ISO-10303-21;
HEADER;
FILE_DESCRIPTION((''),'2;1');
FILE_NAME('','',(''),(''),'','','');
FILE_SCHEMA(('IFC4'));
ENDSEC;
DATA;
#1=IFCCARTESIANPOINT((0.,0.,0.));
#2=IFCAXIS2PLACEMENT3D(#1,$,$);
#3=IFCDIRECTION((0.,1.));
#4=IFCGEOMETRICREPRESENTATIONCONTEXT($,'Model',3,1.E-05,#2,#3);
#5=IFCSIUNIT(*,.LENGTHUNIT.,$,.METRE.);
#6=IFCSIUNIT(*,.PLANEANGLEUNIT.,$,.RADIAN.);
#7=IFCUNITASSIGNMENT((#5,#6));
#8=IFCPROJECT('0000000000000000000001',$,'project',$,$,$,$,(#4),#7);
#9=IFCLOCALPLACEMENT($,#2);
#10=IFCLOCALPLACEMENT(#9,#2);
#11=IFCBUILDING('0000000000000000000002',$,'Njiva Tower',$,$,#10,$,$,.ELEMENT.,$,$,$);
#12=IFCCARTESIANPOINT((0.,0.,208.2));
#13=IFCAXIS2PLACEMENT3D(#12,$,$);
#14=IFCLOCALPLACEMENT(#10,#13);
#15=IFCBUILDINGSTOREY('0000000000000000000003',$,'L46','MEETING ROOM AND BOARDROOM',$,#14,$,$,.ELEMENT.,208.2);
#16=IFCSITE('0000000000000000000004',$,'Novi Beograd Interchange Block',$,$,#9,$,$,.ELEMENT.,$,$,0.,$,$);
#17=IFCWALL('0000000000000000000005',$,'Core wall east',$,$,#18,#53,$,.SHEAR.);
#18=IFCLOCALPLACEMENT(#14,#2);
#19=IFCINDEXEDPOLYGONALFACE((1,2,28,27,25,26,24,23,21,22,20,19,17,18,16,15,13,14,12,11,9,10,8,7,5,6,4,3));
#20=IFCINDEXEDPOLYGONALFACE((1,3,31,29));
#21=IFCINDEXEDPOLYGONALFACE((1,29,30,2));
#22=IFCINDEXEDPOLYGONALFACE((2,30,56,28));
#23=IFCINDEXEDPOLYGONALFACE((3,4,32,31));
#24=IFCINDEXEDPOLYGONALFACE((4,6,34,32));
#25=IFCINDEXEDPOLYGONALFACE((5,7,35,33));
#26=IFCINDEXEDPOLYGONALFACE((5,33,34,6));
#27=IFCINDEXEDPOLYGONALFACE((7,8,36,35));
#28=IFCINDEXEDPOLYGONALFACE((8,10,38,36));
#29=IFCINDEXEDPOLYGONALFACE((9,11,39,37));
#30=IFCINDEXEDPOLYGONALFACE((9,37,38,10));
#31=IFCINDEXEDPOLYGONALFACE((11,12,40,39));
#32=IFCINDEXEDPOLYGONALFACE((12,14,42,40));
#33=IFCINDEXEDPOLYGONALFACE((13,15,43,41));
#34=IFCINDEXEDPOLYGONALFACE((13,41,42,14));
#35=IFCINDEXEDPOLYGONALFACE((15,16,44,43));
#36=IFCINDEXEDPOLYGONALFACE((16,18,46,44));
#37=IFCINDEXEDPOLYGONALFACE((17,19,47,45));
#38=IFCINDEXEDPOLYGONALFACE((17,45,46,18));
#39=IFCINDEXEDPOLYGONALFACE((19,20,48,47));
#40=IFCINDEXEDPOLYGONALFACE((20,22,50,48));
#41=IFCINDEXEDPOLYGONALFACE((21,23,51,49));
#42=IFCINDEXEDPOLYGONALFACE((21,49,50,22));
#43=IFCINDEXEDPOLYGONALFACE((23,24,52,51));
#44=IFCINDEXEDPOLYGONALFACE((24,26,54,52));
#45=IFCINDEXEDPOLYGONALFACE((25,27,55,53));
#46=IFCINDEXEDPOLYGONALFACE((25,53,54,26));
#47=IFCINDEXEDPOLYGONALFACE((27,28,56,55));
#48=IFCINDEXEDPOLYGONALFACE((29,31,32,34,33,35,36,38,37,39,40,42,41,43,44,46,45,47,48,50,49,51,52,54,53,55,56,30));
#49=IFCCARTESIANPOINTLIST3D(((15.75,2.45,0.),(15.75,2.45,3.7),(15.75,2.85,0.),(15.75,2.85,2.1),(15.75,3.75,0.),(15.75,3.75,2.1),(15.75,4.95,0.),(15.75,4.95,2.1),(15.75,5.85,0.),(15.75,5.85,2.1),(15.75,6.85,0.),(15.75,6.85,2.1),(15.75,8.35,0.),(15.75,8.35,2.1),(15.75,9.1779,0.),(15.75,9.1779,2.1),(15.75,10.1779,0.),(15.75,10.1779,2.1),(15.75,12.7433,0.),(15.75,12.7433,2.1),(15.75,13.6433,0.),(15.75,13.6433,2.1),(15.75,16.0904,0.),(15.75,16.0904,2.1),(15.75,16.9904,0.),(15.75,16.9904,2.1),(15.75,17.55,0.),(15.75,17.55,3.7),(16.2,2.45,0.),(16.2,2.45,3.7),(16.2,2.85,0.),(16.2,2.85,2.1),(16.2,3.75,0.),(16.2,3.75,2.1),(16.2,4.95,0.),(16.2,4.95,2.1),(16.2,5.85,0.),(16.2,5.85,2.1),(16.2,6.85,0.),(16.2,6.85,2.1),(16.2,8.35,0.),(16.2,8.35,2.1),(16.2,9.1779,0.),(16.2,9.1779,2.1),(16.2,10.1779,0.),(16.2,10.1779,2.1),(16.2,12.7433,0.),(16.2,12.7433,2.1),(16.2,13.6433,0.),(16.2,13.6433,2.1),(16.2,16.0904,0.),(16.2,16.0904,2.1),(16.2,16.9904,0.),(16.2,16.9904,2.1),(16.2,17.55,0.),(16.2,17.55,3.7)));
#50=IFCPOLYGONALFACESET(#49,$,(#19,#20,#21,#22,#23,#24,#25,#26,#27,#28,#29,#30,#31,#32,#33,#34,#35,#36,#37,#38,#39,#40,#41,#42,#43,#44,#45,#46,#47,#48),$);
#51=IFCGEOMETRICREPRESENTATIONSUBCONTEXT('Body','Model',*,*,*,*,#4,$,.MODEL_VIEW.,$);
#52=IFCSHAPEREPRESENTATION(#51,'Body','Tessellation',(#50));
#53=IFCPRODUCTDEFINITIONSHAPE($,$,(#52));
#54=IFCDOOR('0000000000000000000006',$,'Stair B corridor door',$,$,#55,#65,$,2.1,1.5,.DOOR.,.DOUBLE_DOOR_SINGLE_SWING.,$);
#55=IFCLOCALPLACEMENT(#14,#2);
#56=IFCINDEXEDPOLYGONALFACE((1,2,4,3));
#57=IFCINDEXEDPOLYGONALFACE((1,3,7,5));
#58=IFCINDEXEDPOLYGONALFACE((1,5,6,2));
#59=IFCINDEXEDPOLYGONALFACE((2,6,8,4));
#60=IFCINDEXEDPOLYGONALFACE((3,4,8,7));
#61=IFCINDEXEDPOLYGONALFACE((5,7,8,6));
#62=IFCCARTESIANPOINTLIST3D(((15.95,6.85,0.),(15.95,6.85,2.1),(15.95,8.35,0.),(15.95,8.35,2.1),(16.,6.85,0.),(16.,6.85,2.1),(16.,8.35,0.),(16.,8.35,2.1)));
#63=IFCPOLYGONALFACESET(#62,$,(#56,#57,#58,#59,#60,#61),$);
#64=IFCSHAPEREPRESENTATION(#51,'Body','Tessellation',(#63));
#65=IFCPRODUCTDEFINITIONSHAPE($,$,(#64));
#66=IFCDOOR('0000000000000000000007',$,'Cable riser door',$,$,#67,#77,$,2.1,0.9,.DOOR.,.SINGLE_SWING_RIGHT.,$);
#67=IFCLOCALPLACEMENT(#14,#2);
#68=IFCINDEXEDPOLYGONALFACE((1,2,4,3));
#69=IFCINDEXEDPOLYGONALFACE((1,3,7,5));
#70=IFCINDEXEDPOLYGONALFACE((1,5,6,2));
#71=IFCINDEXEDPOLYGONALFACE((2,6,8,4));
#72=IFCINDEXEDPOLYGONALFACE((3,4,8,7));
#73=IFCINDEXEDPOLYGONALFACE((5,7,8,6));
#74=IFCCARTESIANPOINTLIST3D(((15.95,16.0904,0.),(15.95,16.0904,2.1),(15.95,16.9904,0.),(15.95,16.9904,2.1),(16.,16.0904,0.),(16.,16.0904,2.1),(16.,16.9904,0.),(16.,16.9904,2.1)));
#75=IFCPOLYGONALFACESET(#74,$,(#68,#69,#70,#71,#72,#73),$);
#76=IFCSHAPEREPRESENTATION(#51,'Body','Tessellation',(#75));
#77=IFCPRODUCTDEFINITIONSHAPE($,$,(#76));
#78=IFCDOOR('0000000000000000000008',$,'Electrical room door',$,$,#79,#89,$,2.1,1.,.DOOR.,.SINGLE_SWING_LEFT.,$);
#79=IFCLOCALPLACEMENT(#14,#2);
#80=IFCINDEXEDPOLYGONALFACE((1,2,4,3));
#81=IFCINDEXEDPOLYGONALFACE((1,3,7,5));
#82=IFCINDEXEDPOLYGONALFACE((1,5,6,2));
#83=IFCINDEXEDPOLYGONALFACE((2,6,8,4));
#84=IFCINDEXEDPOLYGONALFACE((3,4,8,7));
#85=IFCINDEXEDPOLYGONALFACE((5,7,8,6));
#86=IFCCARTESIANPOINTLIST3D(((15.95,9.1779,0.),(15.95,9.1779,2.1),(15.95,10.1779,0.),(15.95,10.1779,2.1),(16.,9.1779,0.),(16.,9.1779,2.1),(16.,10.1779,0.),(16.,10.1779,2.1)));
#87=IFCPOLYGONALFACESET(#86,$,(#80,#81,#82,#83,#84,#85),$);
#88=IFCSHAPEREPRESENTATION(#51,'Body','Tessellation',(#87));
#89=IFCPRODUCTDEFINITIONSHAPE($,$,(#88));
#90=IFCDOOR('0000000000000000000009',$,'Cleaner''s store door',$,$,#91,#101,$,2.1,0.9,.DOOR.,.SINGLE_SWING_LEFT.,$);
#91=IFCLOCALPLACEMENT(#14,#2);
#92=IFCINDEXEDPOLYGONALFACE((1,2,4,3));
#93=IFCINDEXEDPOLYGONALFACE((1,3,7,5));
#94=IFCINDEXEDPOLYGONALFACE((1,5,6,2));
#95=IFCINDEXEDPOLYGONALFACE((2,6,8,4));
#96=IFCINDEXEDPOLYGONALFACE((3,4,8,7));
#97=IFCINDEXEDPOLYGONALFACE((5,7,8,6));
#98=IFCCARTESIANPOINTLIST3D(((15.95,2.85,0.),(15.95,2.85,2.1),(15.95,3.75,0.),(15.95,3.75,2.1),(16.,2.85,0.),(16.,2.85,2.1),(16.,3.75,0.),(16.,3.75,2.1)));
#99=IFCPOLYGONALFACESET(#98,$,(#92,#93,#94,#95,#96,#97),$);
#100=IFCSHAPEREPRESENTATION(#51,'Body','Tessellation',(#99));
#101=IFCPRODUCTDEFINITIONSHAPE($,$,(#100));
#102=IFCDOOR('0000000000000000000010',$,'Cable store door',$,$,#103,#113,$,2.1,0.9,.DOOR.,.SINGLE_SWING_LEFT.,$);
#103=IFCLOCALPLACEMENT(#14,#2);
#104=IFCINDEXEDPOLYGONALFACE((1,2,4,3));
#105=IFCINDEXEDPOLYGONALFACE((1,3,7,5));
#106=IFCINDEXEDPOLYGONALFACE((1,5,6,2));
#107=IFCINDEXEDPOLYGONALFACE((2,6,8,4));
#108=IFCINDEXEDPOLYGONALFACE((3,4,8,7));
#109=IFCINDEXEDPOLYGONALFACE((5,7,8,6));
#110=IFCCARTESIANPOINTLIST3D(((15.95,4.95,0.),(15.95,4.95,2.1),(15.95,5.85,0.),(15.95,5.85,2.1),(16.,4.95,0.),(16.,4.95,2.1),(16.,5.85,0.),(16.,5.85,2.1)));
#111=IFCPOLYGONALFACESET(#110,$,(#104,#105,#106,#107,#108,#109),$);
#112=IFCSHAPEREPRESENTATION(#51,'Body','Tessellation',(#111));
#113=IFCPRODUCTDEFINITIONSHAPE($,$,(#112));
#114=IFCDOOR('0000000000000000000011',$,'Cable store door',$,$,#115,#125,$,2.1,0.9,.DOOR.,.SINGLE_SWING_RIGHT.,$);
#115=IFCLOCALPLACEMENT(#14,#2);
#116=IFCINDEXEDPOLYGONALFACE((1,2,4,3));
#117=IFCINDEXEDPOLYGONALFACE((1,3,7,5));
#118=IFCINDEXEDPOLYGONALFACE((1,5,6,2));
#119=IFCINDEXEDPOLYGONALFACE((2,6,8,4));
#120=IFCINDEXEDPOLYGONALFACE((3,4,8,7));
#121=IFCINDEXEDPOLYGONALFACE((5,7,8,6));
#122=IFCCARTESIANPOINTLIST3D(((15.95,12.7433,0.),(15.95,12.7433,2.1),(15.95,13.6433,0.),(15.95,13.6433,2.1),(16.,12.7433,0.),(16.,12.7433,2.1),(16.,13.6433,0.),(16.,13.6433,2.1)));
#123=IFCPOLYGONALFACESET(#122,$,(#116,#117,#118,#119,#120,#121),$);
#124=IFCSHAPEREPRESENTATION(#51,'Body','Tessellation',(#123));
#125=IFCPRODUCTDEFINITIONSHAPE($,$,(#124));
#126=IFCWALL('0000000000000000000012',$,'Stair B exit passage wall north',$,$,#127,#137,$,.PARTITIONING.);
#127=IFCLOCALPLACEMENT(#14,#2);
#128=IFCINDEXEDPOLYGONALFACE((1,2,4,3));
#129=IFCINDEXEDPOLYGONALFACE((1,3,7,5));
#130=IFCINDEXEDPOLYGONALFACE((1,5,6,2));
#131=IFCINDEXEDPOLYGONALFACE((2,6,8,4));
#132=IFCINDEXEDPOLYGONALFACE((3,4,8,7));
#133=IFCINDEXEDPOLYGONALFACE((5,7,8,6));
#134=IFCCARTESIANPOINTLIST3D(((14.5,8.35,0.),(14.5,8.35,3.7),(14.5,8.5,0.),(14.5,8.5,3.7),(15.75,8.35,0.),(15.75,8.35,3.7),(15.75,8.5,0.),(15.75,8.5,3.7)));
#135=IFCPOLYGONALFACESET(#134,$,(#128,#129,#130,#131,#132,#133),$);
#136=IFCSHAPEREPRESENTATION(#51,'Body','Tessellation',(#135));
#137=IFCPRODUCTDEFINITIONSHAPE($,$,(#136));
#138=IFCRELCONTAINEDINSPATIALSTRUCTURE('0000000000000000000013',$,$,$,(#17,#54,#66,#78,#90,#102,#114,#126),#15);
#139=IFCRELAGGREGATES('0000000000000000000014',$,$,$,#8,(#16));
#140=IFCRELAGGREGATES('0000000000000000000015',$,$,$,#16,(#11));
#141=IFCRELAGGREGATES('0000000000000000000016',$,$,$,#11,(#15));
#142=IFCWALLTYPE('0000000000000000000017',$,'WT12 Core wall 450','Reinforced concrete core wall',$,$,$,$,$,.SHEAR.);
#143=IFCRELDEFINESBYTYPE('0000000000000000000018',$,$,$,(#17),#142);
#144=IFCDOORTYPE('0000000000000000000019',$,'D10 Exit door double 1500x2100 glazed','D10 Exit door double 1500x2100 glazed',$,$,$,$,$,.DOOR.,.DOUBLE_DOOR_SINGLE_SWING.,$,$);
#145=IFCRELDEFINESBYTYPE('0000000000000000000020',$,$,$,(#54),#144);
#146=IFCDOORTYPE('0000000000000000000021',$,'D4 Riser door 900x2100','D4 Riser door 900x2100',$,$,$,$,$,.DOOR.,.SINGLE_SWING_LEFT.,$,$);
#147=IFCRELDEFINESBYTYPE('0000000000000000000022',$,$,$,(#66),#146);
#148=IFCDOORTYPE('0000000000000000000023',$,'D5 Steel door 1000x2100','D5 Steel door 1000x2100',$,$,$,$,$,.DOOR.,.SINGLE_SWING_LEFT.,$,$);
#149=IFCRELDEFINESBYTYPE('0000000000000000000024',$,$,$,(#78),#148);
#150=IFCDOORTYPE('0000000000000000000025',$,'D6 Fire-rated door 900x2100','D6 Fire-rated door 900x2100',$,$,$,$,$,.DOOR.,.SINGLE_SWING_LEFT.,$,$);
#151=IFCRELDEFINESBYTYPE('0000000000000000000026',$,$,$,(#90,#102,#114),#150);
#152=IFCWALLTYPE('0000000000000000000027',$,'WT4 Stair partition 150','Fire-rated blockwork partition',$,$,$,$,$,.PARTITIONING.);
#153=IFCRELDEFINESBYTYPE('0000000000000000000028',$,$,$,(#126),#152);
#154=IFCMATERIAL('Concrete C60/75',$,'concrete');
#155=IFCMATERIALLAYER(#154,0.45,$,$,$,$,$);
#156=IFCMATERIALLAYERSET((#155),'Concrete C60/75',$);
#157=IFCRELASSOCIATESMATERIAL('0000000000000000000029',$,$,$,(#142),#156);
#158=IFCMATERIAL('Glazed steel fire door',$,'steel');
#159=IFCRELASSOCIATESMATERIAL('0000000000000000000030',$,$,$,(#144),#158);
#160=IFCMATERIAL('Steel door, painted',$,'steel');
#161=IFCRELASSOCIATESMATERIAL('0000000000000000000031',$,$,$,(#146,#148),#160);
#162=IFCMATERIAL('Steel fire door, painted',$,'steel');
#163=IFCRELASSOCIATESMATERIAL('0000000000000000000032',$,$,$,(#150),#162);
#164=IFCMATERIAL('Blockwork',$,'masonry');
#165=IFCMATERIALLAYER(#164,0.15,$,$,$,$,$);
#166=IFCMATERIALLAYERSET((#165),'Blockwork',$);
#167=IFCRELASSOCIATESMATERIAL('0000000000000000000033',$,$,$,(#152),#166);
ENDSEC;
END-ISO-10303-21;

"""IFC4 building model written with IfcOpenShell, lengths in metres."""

from ifc_helpers import new_model, si_unit, direction, frame, frame_2d, origin, place, context, subcontext, project, spatial, rectangle, extrude, material, layer, layer_set, type_object, element, fill, save


model = new_model("IFC4")

# Units and contexts
model_context = context("Model", 3, precision=1e-05, world=origin(), true_north=direction((0.0, 1.0)))
body_context = subcontext(model_context, "Body", "Model", "MODEL_VIEW")
ifc_project = project(units=[si_unit("LENGTHUNIT", "METRE"), si_unit("PLANEANGLEUNIT", "RADIAN")], contexts=[model_context])

# Site, building, storey
site_placement = place(None, origin())
site = spatial("IfcSite", under=ifc_project, at=site_placement, Name="Novi Beograd Interchange Block", CompositionType="ELEMENT", RefElevation=0.0)
building_placement = place(site_placement, origin())
building = spatial("IfcBuilding", under=site, at=building_placement, Name="Njiva Tower", CompositionType="ELEMENT")
storey_placement = place(building_placement, frame((0.0, 0.0, 208.2)))
storey = spatial("IfcBuildingStorey", under=building, at=storey_placement, Name="L46", Description="MEETING ROOM AND BOARDROOM", CompositionType="ELEMENT", Elevation=208.2)

# Shared definitions
ifc_material_1 = material(Name="Blockwork", Category="masonry")

# Wall, openings, doors
ifc_material_2 = material(Name="Concrete C60/75", Category="concrete")
ifc_layer_1 = layer(ifc_material_2, 0.45)
ifc_layer_set_1 = layer_set([ifc_layer_1], Name="Concrete C60/75")
wall_type_1 = type_object("IfcWallType", Name="WT12 Core wall 450", Description="Reinforced concrete core wall", PredefinedType="SHEAR", material=ifc_layer_set_1)
wall_1_placement = place(storey_placement, frame((15.975, 2.45, 0.0), z_axis=(0.0, 0.0, 1.0), x_axis=(0.0, 1.0, 0.0)))
wall_1 = element("IfcWall", 1, at=wall_1_placement, inside=storey, type_object=wall_type_1, Name="Core wall east", PredefinedType="SHEAR", context=body_context, shape_type="SweptSolid", body=[
    extrude(rectangle(XDim=15.1, YDim=0.45, at=frame_2d((7.55, 0.0))), origin(), (0.0, 0.0, 1.0), 3.7),
])
opening_1_placement = place(wall_1_placement, frame((4.4, 0.0, 0.0)))
opening_1 = element("IfcOpeningElement", 2, at=opening_1_placement, cuts=wall_1, PredefinedType="OPENING", context=body_context, shape_type="SweptSolid", body=[
    extrude(rectangle(XDim=1.5, YDim=2.1, at=frame_2d((0.75, 1.05))), frame((0.0, 0.235, 0.0), z_axis=(0.0, -1.0, 0.0), x_axis=(1.0, 0.0, 0.0)), (0.0, 0.0, 1.0), 0.47),
])
opening_2_placement = place(wall_1_placement, frame((0.4, 0.0, 0.0)))
opening_2 = element("IfcOpeningElement", 3, at=opening_2_placement, cuts=wall_1, PredefinedType="OPENING", context=body_context, shape_type="SweptSolid", body=[
    extrude(rectangle(XDim=0.9, YDim=2.1, at=frame_2d((0.45, 1.05))), frame((0.0, 0.235, 0.0), z_axis=(0.0, -1.0, 0.0), x_axis=(1.0, 0.0, 0.0)), (0.0, 0.0, 1.0), 0.47),
])
opening_3_placement = place(wall_1_placement, frame((2.5, 0.0, 0.0)))
opening_3 = element("IfcOpeningElement", 4, at=opening_3_placement, cuts=wall_1, PredefinedType="OPENING", context=body_context, shape_type="SweptSolid", body=[
    extrude(rectangle(XDim=0.9, YDim=2.1, at=frame_2d((0.45, 1.05))), frame((0.0, 0.235, 0.0), z_axis=(0.0, -1.0, 0.0), x_axis=(1.0, 0.0, 0.0)), (0.0, 0.0, 1.0), 0.47),
])
opening_4_placement = place(wall_1_placement, frame((6.7279, 0.0, 0.0)))
opening_4 = element("IfcOpeningElement", 5, at=opening_4_placement, cuts=wall_1, PredefinedType="OPENING", context=body_context, shape_type="SweptSolid", body=[
    extrude(rectangle(XDim=1.0, YDim=2.1, at=frame_2d((0.5, 1.05))), frame((0.0, 0.235, 0.0), z_axis=(0.0, -1.0, 0.0), x_axis=(1.0, 0.0, 0.0)), (0.0, 0.0, 1.0), 0.47),
])
opening_5_placement = place(wall_1_placement, frame((10.2933, 0.0, 0.0)))
opening_5 = element("IfcOpeningElement", 6, at=opening_5_placement, cuts=wall_1, PredefinedType="OPENING", context=body_context, shape_type="SweptSolid", body=[
    extrude(rectangle(XDim=0.9, YDim=2.1, at=frame_2d((0.45, 1.05))), frame((0.0, 0.235, 0.0), z_axis=(0.0, -1.0, 0.0), x_axis=(1.0, 0.0, 0.0)), (0.0, 0.0, 1.0), 0.47),
])
opening_6_placement = place(wall_1_placement, frame((13.6404, 0.0, 0.0)))
opening_6 = element("IfcOpeningElement", 7, at=opening_6_placement, cuts=wall_1, PredefinedType="OPENING", context=body_context, shape_type="SweptSolid", body=[
    extrude(rectangle(XDim=0.9, YDim=2.1, at=frame_2d((0.45, 1.05))), frame((0.0, 0.235, 0.0), z_axis=(0.0, -1.0, 0.0), x_axis=(1.0, 0.0, 0.0)), (0.0, 0.0, 1.0), 0.47),
])
ifc_material_3 = material(Name="Glazed steel fire door", Category="steel")
door_type_1 = type_object("IfcDoorType", Name="D10 Exit door double 1500x2100 glazed", Description="D10 Exit door double 1500x2100 glazed", OperationType="DOUBLE_DOOR_SINGLE_SWING", PredefinedType="DOOR", material=ifc_material_3)
door_1_placement = place(opening_1_placement, origin())
door_1 = element("IfcDoor", 8, at=door_1_placement, inside=storey, type_object=door_type_1, Name="Stair B corridor door", OperationType="DOUBLE_DOOR_SINGLE_SWING", OverallHeight=2.1, OverallWidth=1.5, PredefinedType="DOOR", context=body_context, shape_type="SweptSolid", body=[
    extrude(rectangle(XDim=1.5, YDim=2.1, at=frame_2d((0.75, 1.05))), frame((0.0, 0.025, 0.0), z_axis=(0.0, -1.0, 0.0), x_axis=(1.0, 0.0, 0.0)), (0.0, 0.0, 1.0), 0.05),
])
fill(opening_1, door_1)
ifc_material_4 = material(Name="Steel door, painted", Category="steel")
door_type_2 = type_object("IfcDoorType", Name="D4 Riser door 900x2100", Description="D4 Riser door 900x2100", OperationType="SINGLE_SWING_LEFT", PredefinedType="DOOR", material=ifc_material_4)
door_2_placement = place(opening_6_placement, origin())
door_2 = element("IfcDoor", 9, at=door_2_placement, inside=storey, type_object=door_type_2, Name="Cable riser door", OperationType="SINGLE_SWING_RIGHT", OverallHeight=2.1, OverallWidth=0.9, PredefinedType="DOOR", context=body_context, shape_type="SweptSolid", body=[
    extrude(rectangle(XDim=0.9, YDim=2.1, at=frame_2d((0.45, 1.05))), frame((0.0, 0.025, 0.0), z_axis=(0.0, -1.0, 0.0), x_axis=(1.0, 0.0, 0.0)), (0.0, 0.0, 1.0), 0.05),
])
fill(opening_6, door_2)
door_type_3 = type_object("IfcDoorType", Name="D5 Steel door 1000x2100", Description="D5 Steel door 1000x2100", OperationType="SINGLE_SWING_LEFT", PredefinedType="DOOR", material=ifc_material_4)
door_3_placement = place(opening_4_placement, origin())
door_3 = element("IfcDoor", 10, at=door_3_placement, inside=storey, type_object=door_type_3, Name="Electrical room door", OperationType="SINGLE_SWING_LEFT", OverallHeight=2.1, OverallWidth=1.0, PredefinedType="DOOR", context=body_context, shape_type="SweptSolid", body=[
    extrude(rectangle(XDim=1.0, YDim=2.1, at=frame_2d((0.5, 1.05))), frame((0.0, 0.025, 0.0), z_axis=(0.0, -1.0, 0.0), x_axis=(1.0, 0.0, 0.0)), (0.0, 0.0, 1.0), 0.05),
])
fill(opening_4, door_3)
ifc_material_5 = material(Name="Steel fire door, painted", Category="steel")
door_type_4 = type_object("IfcDoorType", Name="D6 Fire-rated door 900x2100", Description="D6 Fire-rated door 900x2100", OperationType="SINGLE_SWING_LEFT", PredefinedType="DOOR", material=ifc_material_5)
door_4_placement = place(opening_2_placement, origin())
door_4 = element("IfcDoor", 11, at=door_4_placement, inside=storey, type_object=door_type_4, Name="Cleaner's store door", OperationType="SINGLE_SWING_LEFT", OverallHeight=2.1, OverallWidth=0.9, PredefinedType="DOOR", context=body_context, shape_type="SweptSolid", body=[
    extrude(rectangle(XDim=0.9, YDim=2.1, at=frame_2d((0.45, 1.05))), frame((0.0, 0.025, 0.0), z_axis=(0.0, -1.0, 0.0), x_axis=(1.0, 0.0, 0.0)), (0.0, 0.0, 1.0), 0.05),
])
fill(opening_2, door_4)
door_5_placement = place(opening_3_placement, origin())
door_5 = element("IfcDoor", 12, at=door_5_placement, inside=storey, type_object=door_type_4, Name="Cable store door", OperationType="SINGLE_SWING_LEFT", OverallHeight=2.1, OverallWidth=0.9, PredefinedType="DOOR", context=body_context, shape_type="SweptSolid", body=[
    extrude(rectangle(XDim=0.9, YDim=2.1, at=frame_2d((0.45, 1.05))), frame((0.0, 0.025, 0.0), z_axis=(0.0, -1.0, 0.0), x_axis=(1.0, 0.0, 0.0)), (0.0, 0.0, 1.0), 0.05),
])
fill(opening_3, door_5)
door_6_placement = place(opening_5_placement, origin())
door_6 = element("IfcDoor", 13, at=door_6_placement, inside=storey, type_object=door_type_4, Name="Cable store door", OperationType="SINGLE_SWING_RIGHT", OverallHeight=2.1, OverallWidth=0.9, PredefinedType="DOOR", context=body_context, shape_type="SweptSolid", body=[
    extrude(rectangle(XDim=0.9, YDim=2.1, at=frame_2d((0.45, 1.05))), frame((0.0, 0.025, 0.0), z_axis=(0.0, -1.0, 0.0), x_axis=(1.0, 0.0, 0.0)), (0.0, 0.0, 1.0), 0.05),
])
fill(opening_5, door_6)

# Wall
ifc_layer_2 = layer(ifc_material_1, 0.15)
ifc_layer_set_2 = layer_set([ifc_layer_2], Name="Blockwork")
wall_type_2 = type_object("IfcWallType", Name="WT4 Stair partition 150", Description="Fire-rated blockwork partition", PredefinedType="PARTITIONING", material=ifc_layer_set_2)
wall_2_placement = place(storey_placement, frame((14.5, 8.425, 0.0), z_axis=(0.0, 0.0, 1.0), x_axis=(1.0, 0.0, 0.0)))
element("IfcWall", 14, at=wall_2_placement, inside=storey, type_object=wall_type_2, Name="Stair B exit passage wall north", PredefinedType="PARTITIONING", context=body_context, shape_type="SweptSolid", body=[
    extrude(rectangle(XDim=1.25, YDim=0.15, at=frame_2d((0.625, 0.0))), origin(), (0.0, 0.0, 1.0), 3.7),
])

save(model, "model.ifc")
